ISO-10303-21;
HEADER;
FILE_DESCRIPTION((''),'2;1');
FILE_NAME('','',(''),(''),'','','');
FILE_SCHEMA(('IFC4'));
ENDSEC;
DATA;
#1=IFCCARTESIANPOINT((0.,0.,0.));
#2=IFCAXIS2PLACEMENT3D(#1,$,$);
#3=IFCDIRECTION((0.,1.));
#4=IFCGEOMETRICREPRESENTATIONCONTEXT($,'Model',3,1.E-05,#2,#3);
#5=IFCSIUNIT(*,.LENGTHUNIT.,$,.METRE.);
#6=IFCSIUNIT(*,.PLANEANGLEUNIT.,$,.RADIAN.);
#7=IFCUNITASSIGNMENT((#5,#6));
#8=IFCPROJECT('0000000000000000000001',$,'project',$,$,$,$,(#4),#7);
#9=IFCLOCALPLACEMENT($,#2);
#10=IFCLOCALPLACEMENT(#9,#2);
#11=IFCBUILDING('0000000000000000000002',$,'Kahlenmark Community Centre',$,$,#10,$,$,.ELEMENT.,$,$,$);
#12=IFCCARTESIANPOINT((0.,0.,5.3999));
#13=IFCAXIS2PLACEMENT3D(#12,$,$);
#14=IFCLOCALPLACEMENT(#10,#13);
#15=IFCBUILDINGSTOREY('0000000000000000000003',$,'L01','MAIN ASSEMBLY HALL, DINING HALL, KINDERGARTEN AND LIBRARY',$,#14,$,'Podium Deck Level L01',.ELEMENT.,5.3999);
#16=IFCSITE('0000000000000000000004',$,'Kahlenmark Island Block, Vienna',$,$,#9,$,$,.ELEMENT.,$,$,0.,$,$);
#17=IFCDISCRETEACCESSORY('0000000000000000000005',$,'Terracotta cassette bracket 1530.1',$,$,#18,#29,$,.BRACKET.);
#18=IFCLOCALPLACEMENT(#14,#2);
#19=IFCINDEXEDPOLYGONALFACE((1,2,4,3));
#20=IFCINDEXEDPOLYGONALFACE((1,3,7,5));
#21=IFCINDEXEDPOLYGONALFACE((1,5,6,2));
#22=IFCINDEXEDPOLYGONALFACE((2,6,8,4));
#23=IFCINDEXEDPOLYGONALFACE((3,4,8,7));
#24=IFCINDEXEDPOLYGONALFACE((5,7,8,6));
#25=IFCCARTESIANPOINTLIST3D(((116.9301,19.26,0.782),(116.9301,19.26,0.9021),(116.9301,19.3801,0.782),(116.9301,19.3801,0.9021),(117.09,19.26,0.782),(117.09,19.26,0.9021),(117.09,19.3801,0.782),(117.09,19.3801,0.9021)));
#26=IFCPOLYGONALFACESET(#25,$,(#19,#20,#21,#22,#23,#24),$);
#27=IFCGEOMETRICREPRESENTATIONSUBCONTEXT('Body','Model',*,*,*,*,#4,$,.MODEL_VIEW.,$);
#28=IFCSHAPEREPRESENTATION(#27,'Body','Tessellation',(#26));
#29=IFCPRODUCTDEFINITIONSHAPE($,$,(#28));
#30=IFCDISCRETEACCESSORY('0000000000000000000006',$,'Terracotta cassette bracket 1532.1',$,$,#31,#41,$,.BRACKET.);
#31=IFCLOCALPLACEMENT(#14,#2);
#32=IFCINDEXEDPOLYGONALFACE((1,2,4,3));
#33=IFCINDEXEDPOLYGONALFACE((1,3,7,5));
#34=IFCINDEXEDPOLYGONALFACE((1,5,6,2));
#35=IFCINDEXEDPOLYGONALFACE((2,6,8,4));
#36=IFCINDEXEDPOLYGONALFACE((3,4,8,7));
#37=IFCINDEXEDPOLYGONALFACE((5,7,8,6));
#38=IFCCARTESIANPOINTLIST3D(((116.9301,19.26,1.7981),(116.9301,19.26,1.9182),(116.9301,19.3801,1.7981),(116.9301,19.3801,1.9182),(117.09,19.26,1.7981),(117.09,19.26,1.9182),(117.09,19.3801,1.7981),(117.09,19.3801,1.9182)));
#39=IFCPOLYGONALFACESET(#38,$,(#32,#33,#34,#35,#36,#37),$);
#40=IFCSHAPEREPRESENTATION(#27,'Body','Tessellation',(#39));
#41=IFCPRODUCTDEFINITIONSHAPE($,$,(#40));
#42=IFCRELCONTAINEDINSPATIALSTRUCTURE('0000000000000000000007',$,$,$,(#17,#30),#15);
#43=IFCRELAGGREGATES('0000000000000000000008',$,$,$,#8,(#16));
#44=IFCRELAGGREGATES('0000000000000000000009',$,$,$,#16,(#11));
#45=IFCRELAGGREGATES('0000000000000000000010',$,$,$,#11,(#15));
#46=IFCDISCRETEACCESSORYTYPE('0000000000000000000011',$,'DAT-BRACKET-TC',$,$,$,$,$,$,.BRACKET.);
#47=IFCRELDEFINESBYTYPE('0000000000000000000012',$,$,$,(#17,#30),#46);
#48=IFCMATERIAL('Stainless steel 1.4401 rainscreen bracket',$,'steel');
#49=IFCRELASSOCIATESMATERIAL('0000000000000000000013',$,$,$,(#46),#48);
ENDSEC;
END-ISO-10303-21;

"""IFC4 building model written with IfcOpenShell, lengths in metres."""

from ifc_helpers import new_model, si_unit, direction, frame, origin, origin_2d, place, context, subcontext, project, spatial, rectangle, extrude, material, type_object, element, save


model = new_model("IFC4")

# Units and contexts
model_context = context("Model", 3, precision=1e-05, world=origin(), true_north=direction((0.0, 1.0)))
body_context = subcontext(model_context, "Body", "Model", "MODEL_VIEW")
ifc_project = project(units=[si_unit("LENGTHUNIT", "METRE"), si_unit("PLANEANGLEUNIT", "RADIAN")], contexts=[model_context])

# Site, building, storey
site_placement = place(None, origin())
site = spatial("IfcSite", under=ifc_project, at=site_placement, Name="Kahlenmark Island Block, Vienna", CompositionType="ELEMENT", RefElevation=0.0)
building_placement = place(site_placement, origin())
building = spatial("IfcBuilding", under=site, at=building_placement, Name="Kahlenmark Community Centre", CompositionType="ELEMENT")
storey_placement = place(building_placement, frame((0.0, 0.0, 5.3999)))
storey = spatial("IfcBuildingStorey", under=building, at=storey_placement, Name="L01", Description="MAIN ASSEMBLY HALL, DINING HALL, KINDERGARTEN AND LIBRARY", LongName="Podium Deck Level L01", CompositionType="ELEMENT", Elevation=5.3999)

# Discrete accessories
ifc_material_1 = material(Name="Stainless steel 1.4401 rainscreen bracket", Category="steel")
discrete_accessory_type = type_object("IfcDiscreteAccessoryType", Name="DAT-BRACKET-TC", PredefinedType="BRACKET", material=ifc_material_1)
for number, where, z_axis, x_axis, name in (
    (1, (117.01, 19.3201, 0.782), (0.0, 0.0, 1.0), (0.0, 1.0, 0.0), "Terracotta cassette bracket 1530.1"),
    (2, (117.01, 19.3201, 1.7981), (0.0, 0.0, 1.0), (0.0, 1.0, 0.0), "Terracotta cassette bracket 1532.1"),
):
    element("IfcDiscreteAccessory", number, at=place(storey_placement, frame(where, z_axis=z_axis, x_axis=x_axis)), inside=storey, type_object=discrete_accessory_type, Name=name, PredefinedType="BRACKET", context=body_context, shape_type="SweptSolid", body=[
        extrude(rectangle(XDim=0.1201, YDim=0.1599, at=origin_2d()), origin(), (0.0, 0.0, 1.0), 0.1201),
    ])

save(model, "model.ifc")
